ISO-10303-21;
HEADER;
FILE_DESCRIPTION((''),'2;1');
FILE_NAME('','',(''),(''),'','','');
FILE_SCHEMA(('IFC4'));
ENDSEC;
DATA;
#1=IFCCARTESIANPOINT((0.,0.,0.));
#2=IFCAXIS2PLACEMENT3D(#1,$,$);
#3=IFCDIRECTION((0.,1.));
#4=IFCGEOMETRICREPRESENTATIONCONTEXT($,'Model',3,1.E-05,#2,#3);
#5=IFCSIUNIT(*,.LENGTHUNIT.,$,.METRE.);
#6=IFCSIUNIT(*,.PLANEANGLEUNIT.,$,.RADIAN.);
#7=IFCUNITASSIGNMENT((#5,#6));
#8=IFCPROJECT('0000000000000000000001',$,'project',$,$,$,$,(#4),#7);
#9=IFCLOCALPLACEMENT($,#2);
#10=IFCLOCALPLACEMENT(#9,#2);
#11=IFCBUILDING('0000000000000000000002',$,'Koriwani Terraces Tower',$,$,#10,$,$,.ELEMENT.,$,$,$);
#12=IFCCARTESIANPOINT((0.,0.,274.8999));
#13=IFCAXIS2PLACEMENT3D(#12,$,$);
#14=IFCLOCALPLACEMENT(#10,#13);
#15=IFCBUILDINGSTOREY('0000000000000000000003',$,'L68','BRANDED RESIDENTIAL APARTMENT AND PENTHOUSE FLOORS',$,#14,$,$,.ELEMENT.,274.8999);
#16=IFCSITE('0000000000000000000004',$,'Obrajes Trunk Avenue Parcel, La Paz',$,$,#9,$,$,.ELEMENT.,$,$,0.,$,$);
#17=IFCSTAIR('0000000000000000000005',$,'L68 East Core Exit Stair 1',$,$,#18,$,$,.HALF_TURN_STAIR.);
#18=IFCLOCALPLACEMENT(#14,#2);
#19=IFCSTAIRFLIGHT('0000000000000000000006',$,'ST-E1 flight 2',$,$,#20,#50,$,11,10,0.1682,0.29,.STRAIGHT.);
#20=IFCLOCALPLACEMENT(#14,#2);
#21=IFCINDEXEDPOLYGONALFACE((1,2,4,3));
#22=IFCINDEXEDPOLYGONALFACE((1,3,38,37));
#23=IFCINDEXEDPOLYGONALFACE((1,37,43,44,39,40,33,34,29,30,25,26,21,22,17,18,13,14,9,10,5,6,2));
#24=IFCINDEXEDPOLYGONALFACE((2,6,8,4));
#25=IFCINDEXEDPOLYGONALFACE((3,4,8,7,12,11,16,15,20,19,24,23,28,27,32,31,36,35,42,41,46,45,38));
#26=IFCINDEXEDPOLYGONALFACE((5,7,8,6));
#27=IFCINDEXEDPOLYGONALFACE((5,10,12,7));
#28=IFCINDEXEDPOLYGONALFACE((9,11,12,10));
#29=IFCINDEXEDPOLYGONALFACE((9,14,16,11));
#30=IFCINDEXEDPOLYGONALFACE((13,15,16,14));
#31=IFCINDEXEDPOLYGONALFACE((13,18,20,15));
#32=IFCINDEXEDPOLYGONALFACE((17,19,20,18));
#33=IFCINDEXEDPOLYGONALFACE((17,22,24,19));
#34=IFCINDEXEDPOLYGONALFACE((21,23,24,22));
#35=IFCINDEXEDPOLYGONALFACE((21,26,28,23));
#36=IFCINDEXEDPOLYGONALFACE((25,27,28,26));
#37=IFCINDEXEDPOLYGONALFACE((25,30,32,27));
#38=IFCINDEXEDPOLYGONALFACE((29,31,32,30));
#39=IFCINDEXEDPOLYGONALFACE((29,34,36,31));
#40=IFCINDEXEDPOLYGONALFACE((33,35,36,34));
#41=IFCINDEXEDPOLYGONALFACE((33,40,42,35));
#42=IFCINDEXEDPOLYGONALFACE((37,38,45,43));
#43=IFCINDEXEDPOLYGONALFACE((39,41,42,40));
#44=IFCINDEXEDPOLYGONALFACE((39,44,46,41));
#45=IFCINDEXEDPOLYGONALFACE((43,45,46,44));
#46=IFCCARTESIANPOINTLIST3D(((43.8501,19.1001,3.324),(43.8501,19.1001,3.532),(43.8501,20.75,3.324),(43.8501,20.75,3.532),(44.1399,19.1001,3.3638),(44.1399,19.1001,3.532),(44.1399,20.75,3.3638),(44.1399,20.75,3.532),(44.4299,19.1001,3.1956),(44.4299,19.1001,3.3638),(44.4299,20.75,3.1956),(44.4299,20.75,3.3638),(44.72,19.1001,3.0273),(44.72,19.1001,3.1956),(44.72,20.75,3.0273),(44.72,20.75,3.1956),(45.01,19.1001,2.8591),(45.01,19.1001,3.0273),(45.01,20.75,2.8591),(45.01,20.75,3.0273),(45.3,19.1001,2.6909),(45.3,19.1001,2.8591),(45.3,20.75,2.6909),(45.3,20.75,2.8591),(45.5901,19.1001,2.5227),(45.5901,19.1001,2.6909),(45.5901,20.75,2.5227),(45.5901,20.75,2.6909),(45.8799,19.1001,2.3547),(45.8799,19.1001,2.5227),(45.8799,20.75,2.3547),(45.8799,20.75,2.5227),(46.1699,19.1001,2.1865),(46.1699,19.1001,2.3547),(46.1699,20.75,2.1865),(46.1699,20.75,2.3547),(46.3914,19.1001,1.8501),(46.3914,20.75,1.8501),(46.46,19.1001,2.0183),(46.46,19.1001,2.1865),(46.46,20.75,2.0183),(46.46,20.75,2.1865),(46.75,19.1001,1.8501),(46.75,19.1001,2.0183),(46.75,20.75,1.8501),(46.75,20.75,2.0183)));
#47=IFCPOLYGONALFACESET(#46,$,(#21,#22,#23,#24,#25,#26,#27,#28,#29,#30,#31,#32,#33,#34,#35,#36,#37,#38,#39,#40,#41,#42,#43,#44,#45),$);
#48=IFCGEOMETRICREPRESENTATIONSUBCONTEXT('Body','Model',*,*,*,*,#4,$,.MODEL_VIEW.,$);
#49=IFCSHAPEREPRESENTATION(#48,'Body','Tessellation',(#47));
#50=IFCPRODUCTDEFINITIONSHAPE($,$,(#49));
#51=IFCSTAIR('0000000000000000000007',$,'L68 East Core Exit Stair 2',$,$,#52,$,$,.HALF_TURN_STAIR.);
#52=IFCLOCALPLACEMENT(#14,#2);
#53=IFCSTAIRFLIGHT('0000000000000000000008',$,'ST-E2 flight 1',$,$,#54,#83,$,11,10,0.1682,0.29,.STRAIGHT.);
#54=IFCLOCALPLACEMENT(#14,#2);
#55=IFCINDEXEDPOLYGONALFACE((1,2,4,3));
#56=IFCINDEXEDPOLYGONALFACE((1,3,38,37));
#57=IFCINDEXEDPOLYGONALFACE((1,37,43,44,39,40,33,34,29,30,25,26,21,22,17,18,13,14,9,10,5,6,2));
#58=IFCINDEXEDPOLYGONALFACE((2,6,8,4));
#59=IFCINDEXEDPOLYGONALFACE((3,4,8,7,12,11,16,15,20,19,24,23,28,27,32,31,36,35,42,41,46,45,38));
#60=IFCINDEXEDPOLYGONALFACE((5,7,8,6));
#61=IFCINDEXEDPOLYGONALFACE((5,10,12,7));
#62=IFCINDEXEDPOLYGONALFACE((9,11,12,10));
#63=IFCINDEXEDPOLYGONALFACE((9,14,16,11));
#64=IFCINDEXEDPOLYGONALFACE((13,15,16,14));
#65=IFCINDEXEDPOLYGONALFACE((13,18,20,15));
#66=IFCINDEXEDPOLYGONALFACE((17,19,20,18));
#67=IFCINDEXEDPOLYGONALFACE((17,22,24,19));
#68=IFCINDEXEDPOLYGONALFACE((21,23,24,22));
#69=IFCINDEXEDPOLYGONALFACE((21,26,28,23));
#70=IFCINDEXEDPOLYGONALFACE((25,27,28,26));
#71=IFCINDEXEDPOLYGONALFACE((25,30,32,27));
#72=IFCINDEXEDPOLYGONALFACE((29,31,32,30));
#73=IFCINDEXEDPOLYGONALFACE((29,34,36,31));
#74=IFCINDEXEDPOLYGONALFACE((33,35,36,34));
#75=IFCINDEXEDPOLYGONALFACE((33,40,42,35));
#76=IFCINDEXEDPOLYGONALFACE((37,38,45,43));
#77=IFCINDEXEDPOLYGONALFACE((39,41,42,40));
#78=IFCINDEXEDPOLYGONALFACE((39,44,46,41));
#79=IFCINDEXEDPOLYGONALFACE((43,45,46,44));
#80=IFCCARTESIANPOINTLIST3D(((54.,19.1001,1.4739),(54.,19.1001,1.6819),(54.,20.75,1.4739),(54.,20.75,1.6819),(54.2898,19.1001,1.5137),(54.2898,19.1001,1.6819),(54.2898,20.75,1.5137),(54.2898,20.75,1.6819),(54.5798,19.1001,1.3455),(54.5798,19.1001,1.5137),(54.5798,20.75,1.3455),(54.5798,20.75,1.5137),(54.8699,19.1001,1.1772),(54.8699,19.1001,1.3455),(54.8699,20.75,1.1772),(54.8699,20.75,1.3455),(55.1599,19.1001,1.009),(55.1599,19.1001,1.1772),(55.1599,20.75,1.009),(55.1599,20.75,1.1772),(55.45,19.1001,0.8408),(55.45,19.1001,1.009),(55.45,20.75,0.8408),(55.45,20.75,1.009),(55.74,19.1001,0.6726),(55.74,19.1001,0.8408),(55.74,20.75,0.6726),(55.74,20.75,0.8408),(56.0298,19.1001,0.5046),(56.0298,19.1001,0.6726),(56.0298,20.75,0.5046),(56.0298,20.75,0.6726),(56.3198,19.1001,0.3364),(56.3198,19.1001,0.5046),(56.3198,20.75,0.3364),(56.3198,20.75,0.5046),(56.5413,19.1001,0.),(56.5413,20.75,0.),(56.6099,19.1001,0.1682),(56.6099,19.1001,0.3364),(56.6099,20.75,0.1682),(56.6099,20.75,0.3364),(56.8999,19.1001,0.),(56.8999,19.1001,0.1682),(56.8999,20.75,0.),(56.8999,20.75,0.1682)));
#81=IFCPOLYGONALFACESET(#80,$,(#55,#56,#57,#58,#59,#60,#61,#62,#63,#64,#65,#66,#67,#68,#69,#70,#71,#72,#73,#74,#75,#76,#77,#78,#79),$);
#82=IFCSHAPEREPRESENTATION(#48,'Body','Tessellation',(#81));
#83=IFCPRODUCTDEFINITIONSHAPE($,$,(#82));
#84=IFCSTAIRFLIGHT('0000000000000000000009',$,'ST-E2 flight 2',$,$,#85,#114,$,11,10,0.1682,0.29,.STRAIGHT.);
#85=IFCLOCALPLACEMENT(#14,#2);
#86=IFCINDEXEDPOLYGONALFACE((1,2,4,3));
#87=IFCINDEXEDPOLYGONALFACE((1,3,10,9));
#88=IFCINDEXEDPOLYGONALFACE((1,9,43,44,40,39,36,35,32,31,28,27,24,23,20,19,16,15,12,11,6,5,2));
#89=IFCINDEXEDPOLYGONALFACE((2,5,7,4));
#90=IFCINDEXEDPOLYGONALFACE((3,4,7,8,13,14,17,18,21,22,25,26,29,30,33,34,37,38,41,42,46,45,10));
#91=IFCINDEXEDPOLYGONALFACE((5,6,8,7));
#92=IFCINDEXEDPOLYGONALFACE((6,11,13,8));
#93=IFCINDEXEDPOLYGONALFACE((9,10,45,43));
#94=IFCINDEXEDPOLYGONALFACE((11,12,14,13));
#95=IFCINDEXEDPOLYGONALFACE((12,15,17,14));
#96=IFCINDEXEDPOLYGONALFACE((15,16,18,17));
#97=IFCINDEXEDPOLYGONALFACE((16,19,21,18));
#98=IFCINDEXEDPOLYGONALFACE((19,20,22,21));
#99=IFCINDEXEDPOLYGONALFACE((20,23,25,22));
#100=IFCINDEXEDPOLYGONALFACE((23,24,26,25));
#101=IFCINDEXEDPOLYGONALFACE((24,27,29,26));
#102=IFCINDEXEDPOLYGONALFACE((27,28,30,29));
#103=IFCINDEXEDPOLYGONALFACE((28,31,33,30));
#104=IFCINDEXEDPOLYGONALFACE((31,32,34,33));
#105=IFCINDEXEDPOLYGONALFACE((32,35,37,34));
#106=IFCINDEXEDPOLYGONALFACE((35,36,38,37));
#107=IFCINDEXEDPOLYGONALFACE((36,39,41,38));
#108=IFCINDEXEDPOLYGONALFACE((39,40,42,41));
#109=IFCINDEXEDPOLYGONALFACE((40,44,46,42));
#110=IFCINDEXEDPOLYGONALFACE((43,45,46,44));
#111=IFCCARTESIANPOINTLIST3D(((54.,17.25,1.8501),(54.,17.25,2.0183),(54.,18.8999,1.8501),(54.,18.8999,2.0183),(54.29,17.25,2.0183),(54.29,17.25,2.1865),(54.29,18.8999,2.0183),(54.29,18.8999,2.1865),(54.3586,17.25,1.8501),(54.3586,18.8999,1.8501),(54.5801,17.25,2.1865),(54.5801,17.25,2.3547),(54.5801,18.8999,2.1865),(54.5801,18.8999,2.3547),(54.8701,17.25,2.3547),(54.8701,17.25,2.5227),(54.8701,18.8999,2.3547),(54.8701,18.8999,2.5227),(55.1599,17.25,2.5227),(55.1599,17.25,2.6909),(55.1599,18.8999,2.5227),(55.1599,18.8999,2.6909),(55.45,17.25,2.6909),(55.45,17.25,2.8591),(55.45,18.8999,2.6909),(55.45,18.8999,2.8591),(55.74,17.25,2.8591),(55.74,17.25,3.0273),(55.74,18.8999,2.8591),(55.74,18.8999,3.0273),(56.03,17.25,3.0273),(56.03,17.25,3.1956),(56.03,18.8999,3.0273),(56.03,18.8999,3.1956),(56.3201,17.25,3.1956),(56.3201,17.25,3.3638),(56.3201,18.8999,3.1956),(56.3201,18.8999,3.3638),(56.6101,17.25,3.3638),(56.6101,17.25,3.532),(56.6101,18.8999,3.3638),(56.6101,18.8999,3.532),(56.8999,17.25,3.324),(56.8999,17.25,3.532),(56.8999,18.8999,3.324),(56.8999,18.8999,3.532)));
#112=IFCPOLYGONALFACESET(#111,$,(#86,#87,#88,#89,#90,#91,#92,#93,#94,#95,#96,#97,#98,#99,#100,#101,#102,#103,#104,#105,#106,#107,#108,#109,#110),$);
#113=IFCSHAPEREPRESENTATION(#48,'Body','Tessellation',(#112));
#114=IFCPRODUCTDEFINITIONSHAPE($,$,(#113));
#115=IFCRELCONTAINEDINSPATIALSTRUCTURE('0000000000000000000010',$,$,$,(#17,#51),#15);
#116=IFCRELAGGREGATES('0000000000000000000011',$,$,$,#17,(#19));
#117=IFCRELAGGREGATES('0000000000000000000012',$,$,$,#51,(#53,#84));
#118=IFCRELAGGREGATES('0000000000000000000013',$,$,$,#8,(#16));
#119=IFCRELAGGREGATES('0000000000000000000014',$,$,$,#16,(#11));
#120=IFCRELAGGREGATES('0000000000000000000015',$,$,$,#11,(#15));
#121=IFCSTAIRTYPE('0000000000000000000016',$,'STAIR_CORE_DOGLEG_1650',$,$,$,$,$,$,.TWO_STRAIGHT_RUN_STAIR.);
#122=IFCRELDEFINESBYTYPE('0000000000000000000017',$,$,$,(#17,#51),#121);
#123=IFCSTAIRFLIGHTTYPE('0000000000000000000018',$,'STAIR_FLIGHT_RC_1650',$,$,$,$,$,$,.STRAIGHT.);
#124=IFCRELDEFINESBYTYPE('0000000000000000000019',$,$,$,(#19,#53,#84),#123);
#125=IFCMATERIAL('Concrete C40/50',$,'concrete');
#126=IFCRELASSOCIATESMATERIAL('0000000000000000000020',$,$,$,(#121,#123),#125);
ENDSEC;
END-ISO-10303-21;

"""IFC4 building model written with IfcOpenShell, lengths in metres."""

from ifc_helpers import new_model, si_unit, direction, frame, origin, place, context, subcontext, project, spatial, polyline, outline, extrude, material, type_object, element, aggregate, save


model = new_model("IFC4")

# Units and contexts
model_context = context("Model", 3, precision=1e-05, world=origin(), true_north=direction((0.0, 1.0)))
body_context = subcontext(model_context, "Body", "Model", "MODEL_VIEW")
ifc_project = project(units=[si_unit("LENGTHUNIT", "METRE"), si_unit("PLANEANGLEUNIT", "RADIAN")], contexts=[model_context])

# Site, building, storey
site_placement = place(None, origin())
site = spatial("IfcSite", under=ifc_project, at=site_placement, Name="Obrajes Trunk Avenue Parcel, La Paz", CompositionType="ELEMENT", RefElevation=0.0)
building_placement = place(site_placement, origin())
building = spatial("IfcBuilding", under=site, at=building_placement, Name="Koriwani Terraces Tower", CompositionType="ELEMENT")
storey_placement = place(building_placement, frame((0.0, 0.0, 274.8999)))
storey = spatial("IfcBuildingStorey", under=building, at=storey_placement, Name="L68", Description="BRANDED RESIDENTIAL APARTMENT AND PENTHOUSE FLOORS", CompositionType="ELEMENT", Elevation=274.8999)

# Shared definitions
ifc_material_1 = material(Name="Concrete C40/50", Category="concrete")

# Stairs, stair flights
stair_type = type_object("IfcStairType", Name="STAIR_CORE_DOGLEG_1650", PredefinedType="TWO_STRAIGHT_RUN_STAIR", material=ifc_material_1)
stair_1_placement = place(storey_placement, origin())
stair_1 = element("IfcStair", 1, at=stair_1_placement, inside=storey, type_object=stair_type, Name="L68 East Core Exit Stair 1", PredefinedType="HALF_TURN_STAIR")
stair_flight_type = type_object("IfcStairFlightType", Name="STAIR_FLIGHT_RC_1650", PredefinedType="STRAIGHT", material=ifc_material_1)
stair_flight_1_placement = place(storey_placement, frame((46.75, 19.925, 1.8501), z_axis=(0.0, 0.0, 1.0), x_axis=(-1.0, 0.0, 0.0)))
stair_flight_1 = element("IfcStairFlight", 2, at=stair_flight_1_placement, type_object=stair_flight_type, Name="ST-E1 flight 2", NumberOfRisers=11, NumberOfTreads=10, PredefinedType="STRAIGHT", RiserHeight=0.1682, TreadLength=0.29, context=body_context, shape_type="SweptSolid", body=[
    extrude(outline(polyline([(0.0, 0.0), (0.0, 0.1682), (0.29, 0.1682), (0.29, 0.3364), (0.5801, 0.3364), (0.5801, 0.5046), (0.8701, 0.5046), (0.8701, 0.6726), (1.1599, 0.6726), (1.1599, 0.8408), (1.45, 0.8408), (1.45, 1.009), (1.74, 1.009), (1.74, 1.1772), (2.03, 1.1772), (2.03, 1.3455), (2.3201, 1.3455), (2.3201, 1.5137), (2.6101, 1.5137), (2.6101, 1.6819), (2.8999, 1.6819), (2.8999, 1.8501), (2.8999, 1.4739), (0.3586, 0.0), (0.0, 0.0)])), frame((0.0, 0.825, 0.0), z_axis=(0.0, -1.0, 0.0), x_axis=(1.0, 0.0, 0.0)), (0.0, 0.0, 1.0), 1.6499),
])
aggregate(stair_1, [stair_flight_1])
stair_2_placement = place(storey_placement, origin())
stair_2 = element("IfcStair", 3, at=stair_2_placement, inside=storey, type_object=stair_type, Name="L68 East Core Exit Stair 2", PredefinedType="HALF_TURN_STAIR")
stair_flight_2_placement = place(storey_placement, frame((56.8999, 19.925, 0.0), z_axis=(0.0, 0.0, 1.0), x_axis=(-1.0, 0.0, 0.0)))
stair_flight_2 = element("IfcStairFlight", 4, at=stair_flight_2_placement, type_object=stair_flight_type, Name="ST-E2 flight 1", NumberOfRisers=11, NumberOfTreads=10, PredefinedType="STRAIGHT", RiserHeight=0.1682, TreadLength=0.29, context=body_context, shape_type="SweptSolid", body=[
    extrude(outline(polyline([(0.0, 0.0), (0.0, 0.1682), (0.29, 0.1682), (0.29, 0.3364), (0.5801, 0.3364), (0.5801, 0.5046), (0.8701, 0.5046), (0.8701, 0.6726), (1.1599, 0.6726), (1.1599, 0.8408), (1.45, 0.8408), (1.45, 1.009), (1.74, 1.009), (1.74, 1.1772), (2.03, 1.1772), (2.03, 1.3455), (2.3201, 1.3455), (2.3201, 1.5137), (2.6101, 1.5137), (2.6101, 1.6819), (2.8999, 1.6819), (2.8999, 1.8501), (2.8999, 1.4739), (0.3586, 0.0), (0.0, 0.0)])), frame((0.0, 0.825, 0.0), z_axis=(0.0, -1.0, 0.0), x_axis=(1.0, 0.0, 0.0)), (0.0, 0.0, 1.0), 1.6499),
])
stair_flight_3_placement = place(storey_placement, frame((54.0, 18.075, 1.8501), z_axis=(0.0, 0.0, 1.0), x_axis=(1.0, 0.0, 0.0)))
stair_flight_3 = element("IfcStairFlight", 5, at=stair_flight_3_placement, type_object=stair_flight_type, Name="ST-E2 flight 2", NumberOfRisers=11, NumberOfTreads=10, PredefinedType="STRAIGHT", RiserHeight=0.1682, TreadLength=0.29, context=body_context, shape_type="SweptSolid", body=[
    extrude(outline(polyline([(0.0, 0.0), (0.0, 0.1682), (0.29, 0.1682), (0.29, 0.3364), (0.5801, 0.3364), (0.5801, 0.5046), (0.8701, 0.5046), (0.8701, 0.6726), (1.1599, 0.6726), (1.1599, 0.8408), (1.45, 0.8408), (1.45, 1.009), (1.74, 1.009), (1.74, 1.1772), (2.03, 1.1772), (2.03, 1.3455), (2.3201, 1.3455), (2.3201, 1.5137), (2.6101, 1.5137), (2.6101, 1.6819), (2.8999, 1.6819), (2.8999, 1.8501), (2.8999, 1.4739), (0.3586, 0.0), (0.0, 0.0)])), frame((0.0, 0.825, 0.0), z_axis=(0.0, -1.0, 0.0), x_axis=(1.0, 0.0, 0.0)), (0.0, 0.0, 1.0), 1.6499),
])
aggregate(stair_2, [stair_flight_2, stair_flight_3])

save(model, "model.ifc")
